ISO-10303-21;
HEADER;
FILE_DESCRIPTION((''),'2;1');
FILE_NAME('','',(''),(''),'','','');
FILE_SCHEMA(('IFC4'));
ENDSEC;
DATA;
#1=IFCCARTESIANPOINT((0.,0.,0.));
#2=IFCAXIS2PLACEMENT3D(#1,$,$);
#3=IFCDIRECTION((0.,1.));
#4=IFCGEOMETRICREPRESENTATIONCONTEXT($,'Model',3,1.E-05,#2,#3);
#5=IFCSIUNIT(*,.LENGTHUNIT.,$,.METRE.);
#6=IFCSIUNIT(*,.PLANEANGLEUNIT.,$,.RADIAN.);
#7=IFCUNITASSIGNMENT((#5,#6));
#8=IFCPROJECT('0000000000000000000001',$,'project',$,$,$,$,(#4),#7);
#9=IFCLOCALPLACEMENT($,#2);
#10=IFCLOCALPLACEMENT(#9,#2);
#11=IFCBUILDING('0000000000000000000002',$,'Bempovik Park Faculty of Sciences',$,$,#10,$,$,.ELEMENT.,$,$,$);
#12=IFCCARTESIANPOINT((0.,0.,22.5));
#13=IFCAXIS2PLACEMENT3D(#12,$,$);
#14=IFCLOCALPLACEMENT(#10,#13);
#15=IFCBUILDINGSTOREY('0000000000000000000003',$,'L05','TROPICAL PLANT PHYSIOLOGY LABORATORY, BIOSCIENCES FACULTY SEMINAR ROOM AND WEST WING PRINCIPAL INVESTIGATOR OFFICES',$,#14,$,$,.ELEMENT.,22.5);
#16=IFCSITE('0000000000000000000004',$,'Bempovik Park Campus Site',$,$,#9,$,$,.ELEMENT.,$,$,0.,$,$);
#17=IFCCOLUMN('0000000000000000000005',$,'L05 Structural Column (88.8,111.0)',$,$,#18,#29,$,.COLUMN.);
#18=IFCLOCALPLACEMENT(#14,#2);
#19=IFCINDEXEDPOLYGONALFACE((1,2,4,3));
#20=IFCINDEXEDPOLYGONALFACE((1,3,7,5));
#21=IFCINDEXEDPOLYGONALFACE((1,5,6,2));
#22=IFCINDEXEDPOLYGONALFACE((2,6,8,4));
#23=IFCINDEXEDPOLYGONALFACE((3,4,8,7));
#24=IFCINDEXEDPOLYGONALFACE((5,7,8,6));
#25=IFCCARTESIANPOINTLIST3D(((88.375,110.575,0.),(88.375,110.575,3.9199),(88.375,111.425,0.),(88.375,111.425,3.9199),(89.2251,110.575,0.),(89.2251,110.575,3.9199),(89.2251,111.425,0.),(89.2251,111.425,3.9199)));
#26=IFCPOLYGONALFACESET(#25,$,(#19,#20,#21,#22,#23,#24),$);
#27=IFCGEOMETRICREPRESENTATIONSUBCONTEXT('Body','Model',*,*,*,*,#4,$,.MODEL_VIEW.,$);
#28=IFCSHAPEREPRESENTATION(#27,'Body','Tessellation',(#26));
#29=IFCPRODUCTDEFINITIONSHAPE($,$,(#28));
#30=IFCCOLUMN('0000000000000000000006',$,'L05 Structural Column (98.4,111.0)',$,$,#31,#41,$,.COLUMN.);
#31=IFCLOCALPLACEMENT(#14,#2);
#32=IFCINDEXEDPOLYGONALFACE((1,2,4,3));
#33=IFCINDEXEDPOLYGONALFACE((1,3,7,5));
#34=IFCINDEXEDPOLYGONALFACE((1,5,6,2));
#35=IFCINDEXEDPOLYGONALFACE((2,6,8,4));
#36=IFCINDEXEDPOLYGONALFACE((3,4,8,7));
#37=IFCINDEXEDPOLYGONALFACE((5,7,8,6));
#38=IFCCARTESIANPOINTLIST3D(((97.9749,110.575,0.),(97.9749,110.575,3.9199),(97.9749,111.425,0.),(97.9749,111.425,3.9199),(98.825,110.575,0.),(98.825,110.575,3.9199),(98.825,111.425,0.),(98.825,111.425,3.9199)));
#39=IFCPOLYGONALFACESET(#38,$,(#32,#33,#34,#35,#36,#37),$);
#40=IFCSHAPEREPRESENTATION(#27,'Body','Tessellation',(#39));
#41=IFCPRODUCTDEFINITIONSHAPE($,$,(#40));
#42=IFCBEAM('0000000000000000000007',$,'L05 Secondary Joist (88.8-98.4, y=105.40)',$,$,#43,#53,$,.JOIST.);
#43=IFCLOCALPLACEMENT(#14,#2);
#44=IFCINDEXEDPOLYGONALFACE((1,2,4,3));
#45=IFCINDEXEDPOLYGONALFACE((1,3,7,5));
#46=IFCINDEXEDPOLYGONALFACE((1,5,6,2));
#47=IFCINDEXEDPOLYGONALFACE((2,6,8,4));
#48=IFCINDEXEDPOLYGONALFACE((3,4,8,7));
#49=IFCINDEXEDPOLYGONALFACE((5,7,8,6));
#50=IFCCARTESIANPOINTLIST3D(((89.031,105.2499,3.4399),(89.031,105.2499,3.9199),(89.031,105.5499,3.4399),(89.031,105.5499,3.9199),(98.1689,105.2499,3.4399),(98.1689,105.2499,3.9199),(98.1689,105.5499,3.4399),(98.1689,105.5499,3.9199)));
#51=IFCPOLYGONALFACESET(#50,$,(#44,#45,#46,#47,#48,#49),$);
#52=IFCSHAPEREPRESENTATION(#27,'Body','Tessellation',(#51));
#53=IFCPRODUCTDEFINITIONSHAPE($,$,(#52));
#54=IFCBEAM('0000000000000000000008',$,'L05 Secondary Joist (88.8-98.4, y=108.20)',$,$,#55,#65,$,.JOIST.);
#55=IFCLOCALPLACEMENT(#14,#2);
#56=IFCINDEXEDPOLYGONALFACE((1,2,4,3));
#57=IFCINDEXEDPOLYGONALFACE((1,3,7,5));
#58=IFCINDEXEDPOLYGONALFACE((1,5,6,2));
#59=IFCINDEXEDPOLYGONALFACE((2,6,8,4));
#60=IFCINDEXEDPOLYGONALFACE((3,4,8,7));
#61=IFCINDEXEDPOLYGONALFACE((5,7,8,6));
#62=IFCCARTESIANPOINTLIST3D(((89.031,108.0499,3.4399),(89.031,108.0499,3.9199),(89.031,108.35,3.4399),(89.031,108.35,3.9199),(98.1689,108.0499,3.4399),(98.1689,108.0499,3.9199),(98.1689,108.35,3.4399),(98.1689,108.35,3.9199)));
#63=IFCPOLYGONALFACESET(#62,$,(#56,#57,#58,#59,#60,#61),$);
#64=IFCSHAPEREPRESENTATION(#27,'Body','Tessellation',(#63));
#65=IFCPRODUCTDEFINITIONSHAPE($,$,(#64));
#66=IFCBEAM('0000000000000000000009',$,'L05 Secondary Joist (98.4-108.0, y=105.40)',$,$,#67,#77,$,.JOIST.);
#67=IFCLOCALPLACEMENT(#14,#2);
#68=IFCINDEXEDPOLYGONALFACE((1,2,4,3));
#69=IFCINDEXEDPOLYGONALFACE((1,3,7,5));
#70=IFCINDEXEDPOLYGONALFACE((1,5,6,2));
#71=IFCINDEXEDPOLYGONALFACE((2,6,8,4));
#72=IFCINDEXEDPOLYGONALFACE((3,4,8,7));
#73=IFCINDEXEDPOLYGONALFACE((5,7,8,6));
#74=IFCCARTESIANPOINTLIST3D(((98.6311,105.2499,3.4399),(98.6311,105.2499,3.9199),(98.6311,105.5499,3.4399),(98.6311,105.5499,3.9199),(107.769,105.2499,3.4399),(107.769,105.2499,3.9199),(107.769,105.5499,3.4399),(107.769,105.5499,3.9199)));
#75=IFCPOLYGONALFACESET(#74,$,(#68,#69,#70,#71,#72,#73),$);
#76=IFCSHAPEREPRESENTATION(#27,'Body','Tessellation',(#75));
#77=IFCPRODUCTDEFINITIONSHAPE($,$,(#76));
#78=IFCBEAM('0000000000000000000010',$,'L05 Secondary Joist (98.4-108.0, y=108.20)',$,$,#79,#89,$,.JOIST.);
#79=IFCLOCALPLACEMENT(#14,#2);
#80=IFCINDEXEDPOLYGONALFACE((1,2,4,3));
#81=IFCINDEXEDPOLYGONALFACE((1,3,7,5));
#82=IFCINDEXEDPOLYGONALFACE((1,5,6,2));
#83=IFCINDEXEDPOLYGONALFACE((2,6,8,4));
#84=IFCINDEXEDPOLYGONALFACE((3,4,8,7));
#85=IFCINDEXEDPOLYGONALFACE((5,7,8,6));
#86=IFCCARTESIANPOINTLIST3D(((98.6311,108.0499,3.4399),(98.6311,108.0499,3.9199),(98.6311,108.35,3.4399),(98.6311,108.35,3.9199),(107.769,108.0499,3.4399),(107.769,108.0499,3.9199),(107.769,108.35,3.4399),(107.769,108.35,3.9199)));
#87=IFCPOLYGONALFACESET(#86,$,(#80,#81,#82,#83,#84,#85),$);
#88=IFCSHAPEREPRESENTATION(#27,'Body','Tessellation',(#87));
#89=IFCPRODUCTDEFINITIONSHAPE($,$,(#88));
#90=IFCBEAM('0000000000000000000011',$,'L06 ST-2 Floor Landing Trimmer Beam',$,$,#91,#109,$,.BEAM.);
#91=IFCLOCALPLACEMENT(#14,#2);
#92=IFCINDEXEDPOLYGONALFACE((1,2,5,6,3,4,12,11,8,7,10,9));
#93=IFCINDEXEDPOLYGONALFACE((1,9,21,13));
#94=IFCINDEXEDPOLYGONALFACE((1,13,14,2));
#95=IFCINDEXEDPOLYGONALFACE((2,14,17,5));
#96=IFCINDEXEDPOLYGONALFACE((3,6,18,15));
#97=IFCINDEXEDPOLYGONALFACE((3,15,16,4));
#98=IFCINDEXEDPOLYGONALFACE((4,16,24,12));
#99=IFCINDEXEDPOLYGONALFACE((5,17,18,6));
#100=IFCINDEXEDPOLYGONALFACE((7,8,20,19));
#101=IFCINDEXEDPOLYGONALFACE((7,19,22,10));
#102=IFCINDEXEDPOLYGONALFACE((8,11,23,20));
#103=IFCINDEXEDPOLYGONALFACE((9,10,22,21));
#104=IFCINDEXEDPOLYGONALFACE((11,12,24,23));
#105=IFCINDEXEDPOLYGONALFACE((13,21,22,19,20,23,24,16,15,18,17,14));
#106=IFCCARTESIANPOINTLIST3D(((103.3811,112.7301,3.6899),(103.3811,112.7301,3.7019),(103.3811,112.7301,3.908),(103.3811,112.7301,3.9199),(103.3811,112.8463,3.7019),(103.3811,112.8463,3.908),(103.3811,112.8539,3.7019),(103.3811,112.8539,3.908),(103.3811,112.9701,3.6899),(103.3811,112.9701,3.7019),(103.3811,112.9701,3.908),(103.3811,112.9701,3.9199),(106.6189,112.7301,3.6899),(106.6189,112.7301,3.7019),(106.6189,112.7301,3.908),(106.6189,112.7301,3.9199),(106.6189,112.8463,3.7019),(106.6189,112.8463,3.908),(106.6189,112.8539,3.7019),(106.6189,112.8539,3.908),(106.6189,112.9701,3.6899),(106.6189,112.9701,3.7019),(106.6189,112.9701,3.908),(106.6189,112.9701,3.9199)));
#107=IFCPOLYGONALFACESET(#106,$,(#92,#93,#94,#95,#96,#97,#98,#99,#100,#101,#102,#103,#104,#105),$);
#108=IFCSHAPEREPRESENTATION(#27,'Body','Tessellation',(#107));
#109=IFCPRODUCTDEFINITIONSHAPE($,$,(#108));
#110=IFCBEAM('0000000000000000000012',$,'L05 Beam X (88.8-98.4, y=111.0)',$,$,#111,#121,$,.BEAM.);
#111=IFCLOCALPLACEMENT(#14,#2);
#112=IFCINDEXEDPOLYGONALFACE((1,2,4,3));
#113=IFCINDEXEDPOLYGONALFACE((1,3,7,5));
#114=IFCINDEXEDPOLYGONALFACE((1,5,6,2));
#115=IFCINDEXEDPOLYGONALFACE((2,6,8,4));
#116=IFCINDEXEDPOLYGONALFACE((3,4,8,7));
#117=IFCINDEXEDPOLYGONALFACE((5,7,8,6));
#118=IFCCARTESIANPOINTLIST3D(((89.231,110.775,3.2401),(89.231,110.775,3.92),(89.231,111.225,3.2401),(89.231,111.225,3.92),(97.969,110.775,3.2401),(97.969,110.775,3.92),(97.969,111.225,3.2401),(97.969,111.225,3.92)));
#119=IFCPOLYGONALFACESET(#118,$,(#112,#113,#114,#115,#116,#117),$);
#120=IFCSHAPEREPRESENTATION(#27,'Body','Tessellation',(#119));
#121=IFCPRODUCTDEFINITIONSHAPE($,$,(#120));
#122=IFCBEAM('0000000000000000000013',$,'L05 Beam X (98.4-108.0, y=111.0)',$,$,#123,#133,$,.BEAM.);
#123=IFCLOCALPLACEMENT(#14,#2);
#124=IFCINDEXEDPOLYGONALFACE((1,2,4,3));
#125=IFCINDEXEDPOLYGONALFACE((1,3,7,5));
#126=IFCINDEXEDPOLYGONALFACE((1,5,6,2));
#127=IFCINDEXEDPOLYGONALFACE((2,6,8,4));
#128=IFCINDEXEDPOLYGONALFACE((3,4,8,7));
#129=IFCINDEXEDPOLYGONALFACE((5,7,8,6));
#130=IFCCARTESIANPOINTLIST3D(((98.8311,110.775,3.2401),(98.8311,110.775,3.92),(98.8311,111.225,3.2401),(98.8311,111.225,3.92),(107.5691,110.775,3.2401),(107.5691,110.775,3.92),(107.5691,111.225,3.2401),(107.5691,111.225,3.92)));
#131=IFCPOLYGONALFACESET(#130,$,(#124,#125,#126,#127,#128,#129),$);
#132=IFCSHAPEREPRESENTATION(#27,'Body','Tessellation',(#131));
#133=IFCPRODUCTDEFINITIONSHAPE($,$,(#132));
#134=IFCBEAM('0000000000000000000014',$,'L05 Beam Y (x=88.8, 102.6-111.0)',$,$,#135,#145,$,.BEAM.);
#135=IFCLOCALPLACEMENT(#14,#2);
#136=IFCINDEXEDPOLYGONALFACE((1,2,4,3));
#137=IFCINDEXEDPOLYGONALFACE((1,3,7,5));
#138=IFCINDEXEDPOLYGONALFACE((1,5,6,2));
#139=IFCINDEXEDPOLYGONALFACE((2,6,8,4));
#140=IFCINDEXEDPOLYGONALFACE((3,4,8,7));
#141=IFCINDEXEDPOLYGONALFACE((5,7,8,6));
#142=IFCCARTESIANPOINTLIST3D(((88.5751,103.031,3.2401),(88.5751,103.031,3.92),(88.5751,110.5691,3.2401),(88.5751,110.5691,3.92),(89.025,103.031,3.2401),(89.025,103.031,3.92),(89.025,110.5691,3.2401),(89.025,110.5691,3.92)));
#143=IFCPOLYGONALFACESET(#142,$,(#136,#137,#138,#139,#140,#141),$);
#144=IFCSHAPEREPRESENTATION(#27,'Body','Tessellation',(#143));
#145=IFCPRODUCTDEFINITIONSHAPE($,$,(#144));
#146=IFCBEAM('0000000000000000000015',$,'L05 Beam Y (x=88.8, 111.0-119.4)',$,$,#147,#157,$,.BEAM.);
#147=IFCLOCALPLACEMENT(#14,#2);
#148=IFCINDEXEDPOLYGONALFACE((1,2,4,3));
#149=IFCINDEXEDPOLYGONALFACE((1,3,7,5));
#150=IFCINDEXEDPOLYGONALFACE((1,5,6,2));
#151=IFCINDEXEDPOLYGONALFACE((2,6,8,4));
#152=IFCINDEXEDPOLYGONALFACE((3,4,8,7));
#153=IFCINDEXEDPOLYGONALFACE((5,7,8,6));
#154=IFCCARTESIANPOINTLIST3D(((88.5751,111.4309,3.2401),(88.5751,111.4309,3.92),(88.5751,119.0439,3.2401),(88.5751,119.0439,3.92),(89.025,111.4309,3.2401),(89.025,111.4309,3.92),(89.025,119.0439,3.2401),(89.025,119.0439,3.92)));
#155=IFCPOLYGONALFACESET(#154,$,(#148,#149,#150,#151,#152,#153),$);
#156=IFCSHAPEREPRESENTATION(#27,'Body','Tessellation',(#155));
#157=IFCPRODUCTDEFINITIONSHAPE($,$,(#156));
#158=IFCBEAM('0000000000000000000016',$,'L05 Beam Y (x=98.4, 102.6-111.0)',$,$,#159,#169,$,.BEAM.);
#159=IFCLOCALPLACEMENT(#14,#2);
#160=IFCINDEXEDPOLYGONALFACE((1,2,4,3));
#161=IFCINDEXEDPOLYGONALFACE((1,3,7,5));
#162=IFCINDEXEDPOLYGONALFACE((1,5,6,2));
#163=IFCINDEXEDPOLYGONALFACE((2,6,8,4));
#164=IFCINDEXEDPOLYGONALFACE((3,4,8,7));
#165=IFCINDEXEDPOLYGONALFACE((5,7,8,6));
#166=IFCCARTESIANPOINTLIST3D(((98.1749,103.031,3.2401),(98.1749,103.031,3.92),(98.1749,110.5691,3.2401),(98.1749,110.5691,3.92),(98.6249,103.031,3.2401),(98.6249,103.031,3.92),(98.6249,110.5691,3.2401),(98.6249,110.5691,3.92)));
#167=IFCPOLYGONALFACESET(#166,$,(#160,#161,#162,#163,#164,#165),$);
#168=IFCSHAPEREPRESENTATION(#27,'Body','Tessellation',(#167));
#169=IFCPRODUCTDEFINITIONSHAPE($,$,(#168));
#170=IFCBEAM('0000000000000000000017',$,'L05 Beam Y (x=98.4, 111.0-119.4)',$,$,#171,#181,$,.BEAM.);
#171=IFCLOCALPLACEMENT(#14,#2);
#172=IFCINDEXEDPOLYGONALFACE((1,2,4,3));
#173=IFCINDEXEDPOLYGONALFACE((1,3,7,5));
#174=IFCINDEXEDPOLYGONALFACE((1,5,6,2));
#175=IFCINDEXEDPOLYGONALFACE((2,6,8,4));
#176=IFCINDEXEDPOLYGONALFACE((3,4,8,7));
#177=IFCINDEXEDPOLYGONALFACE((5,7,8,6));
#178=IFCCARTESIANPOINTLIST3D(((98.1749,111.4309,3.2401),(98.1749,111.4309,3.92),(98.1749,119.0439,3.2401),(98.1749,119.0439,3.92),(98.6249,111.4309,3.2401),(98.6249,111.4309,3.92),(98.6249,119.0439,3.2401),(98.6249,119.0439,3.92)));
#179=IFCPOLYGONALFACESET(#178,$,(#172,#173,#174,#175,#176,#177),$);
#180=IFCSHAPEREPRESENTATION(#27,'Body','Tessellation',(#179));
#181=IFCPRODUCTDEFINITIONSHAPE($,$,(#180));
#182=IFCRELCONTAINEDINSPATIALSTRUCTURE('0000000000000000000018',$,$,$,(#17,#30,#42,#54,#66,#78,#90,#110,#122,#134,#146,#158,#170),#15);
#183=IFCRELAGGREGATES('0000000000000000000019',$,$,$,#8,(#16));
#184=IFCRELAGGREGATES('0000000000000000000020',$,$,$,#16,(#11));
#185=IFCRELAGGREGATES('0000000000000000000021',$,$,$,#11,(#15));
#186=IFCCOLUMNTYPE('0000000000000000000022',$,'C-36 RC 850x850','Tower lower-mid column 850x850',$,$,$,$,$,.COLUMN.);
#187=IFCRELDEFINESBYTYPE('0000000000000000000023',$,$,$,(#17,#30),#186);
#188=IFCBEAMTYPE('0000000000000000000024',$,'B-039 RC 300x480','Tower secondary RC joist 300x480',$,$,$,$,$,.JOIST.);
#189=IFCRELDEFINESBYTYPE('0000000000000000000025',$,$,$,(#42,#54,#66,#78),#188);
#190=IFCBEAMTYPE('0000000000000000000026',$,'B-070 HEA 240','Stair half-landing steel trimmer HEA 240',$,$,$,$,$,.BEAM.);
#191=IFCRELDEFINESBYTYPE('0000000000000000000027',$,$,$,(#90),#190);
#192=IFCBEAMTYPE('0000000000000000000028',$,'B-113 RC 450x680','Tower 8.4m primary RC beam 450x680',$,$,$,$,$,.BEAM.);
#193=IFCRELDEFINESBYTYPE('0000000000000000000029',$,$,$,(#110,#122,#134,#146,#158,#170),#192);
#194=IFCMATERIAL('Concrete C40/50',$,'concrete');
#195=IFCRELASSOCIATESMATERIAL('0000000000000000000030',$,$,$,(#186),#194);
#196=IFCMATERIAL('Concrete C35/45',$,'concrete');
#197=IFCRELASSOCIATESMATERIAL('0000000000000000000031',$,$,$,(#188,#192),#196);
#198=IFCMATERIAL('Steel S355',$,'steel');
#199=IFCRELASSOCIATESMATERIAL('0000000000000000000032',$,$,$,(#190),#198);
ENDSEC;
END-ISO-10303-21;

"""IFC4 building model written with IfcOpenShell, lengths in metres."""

from ifc_helpers import new_model, si_unit, direction, frame, origin, origin_2d, place, context, subcontext, project, spatial, rectangle, i_section, extrude, material, material_profile, profile_set, type_object, element, save


model = new_model("IFC4")

# Units and contexts
model_context = context("Model", 3, precision=1e-05, world=origin(), true_north=direction((0.0, 1.0)))
body_context = subcontext(model_context, "Body", "Model", "MODEL_VIEW")
ifc_project = project(units=[si_unit("LENGTHUNIT", "METRE"), si_unit("PLANEANGLEUNIT", "RADIAN")], contexts=[model_context])

# Site, building, storey
site_placement = place(None, origin())
site = spatial("IfcSite", under=ifc_project, at=site_placement, Name="Bempovik Park Campus Site", CompositionType="ELEMENT", RefElevation=0.0)
building_placement = place(site_placement, origin())
building = spatial("IfcBuilding", under=site, at=building_placement, Name="Bempovik Park Faculty of Sciences", CompositionType="ELEMENT")
storey_placement = place(building_placement, frame((0.0, 0.0, 22.5)))
storey = spatial("IfcBuildingStorey", under=building, at=storey_placement, Name="L05", Description="TROPICAL PLANT PHYSIOLOGY LABORATORY, BIOSCIENCES FACULTY SEMINAR ROOM AND WEST WING PRINCIPAL INVESTIGATOR OFFICES", CompositionType="ELEMENT", Elevation=22.5)

# Columns
ifc_material_1 = material(Name="Concrete C40/50", Category="concrete")
ifc_material_profile_1 = material_profile(ifc_material_1, rectangle(XDim=0.8501, YDim=0.8501, at=origin_2d()), Name="RC 850x850")
ifc_profile_set_1 = profile_set([ifc_material_profile_1], Name="Concrete C40/50")
column_type = type_object("IfcColumnType", Name="C-36 RC 850x850", Description="Tower lower-mid column 850x850", PredefinedType="COLUMN", material=ifc_profile_set_1)
for number, where, z_axis, x_axis, name in (
    (1, (88.8, 111.0, 0.0), (0.0, 0.0, 1.0), (1.0, 0.0, 0.0), "L05 Structural Column (88.8,111.0)"),
    (2, (98.3999, 111.0, 0.0), (0.0, 0.0, 1.0), (1.0, 0.0, 0.0), "L05 Structural Column (98.4,111.0)"),
):
    element("IfcColumn", number, at=place(storey_placement, frame(where, z_axis=z_axis, x_axis=x_axis)), inside=storey, type_object=column_type, Name=name, PredefinedType="COLUMN", context=body_context, shape_type="SweptSolid", body=[
        extrude(rectangle(XDim=0.8501, YDim=0.8501, at=origin_2d()), origin(), (0.0, 0.0, 1.0), 3.9199),
    ])

# Beams
ifc_material_2 = material(Name="Concrete C35/45", Category="concrete")
ifc_material_profile_2 = material_profile(ifc_material_2, rectangle(XDim=0.3, YDim=0.48, at=origin_2d()), Name="RC 300x480")
ifc_profile_set_2 = profile_set([ifc_material_profile_2], Name="Concrete C35/45")
beam_type_1 = type_object("IfcBeamType", Name="B-039 RC 300x480", Description="Tower secondary RC joist 300x480", PredefinedType="JOIST", material=ifc_profile_set_2)
for number, where, z_axis, x_axis, name in (
    (3, (89.031, 105.3999, 3.6799), (1.0, 0.0, 0.0), (0.0, 1.0, 0.0), "L05 Secondary Joist (88.8-98.4, y=105.40)"),
    (4, (89.031, 108.2, 3.6799), (1.0, 0.0, 0.0), (0.0, 1.0, 0.0), "L05 Secondary Joist (88.8-98.4, y=108.20)"),
    (5, (98.6311, 105.3999, 3.6799), (1.0, 0.0, 0.0), (0.0, 1.0, 0.0), "L05 Secondary Joist (98.4-108.0, y=105.40)"),
    (6, (98.6311, 108.2, 3.6799), (1.0, 0.0, 0.0), (0.0, 1.0, 0.0), "L05 Secondary Joist (98.4-108.0, y=108.20)"),
):
    element("IfcBeam", number, at=place(storey_placement, frame(where, z_axis=z_axis, x_axis=x_axis)), inside=storey, type_object=beam_type_1, Name=name, PredefinedType="JOIST", context=body_context, shape_type="SweptSolid", body=[
        extrude(rectangle(XDim=0.3, YDim=0.48, at=origin_2d()), origin(), (0.0, 0.0, 1.0), 9.1379),
    ])
ifc_material_3 = material(Name="Steel S355", Category="steel")
ifc_material_profile_3 = material_profile(ifc_material_3, i_section(OverallWidth=0.24, OverallDepth=0.23, WebThickness=0.0076, FlangeThickness=0.012, at=origin_2d()), Name="HEA 240")
ifc_profile_set_3 = profile_set([ifc_material_profile_3], Name="Steel S355")
beam_type_2 = type_object("IfcBeamType", Name="B-070 HEA 240", Description="Stair half-landing steel trimmer HEA 240", PredefinedType="BEAM", material=ifc_profile_set_3)
beam_1_placement = place(storey_placement, frame((103.3811, 112.8501, 3.8049), z_axis=(1.0, 0.0, 0.0), x_axis=(0.0, 1.0, 0.0)))
element("IfcBeam", 7, at=beam_1_placement, inside=storey, type_object=beam_type_2, Name="L06 ST-2 Floor Landing Trimmer Beam", PredefinedType="BEAM", context=body_context, shape_type="SweptSolid", body=[
    extrude(i_section(OverallWidth=0.24, OverallDepth=0.23, WebThickness=0.0076, FlangeThickness=0.012, at=origin_2d()), origin(), (0.0, 0.0, 1.0), 3.2378),
])
ifc_material_profile_4 = material_profile(ifc_material_2, rectangle(XDim=0.45, YDim=0.6799, at=origin_2d()), Name="RC 450x680")
ifc_profile_set_4 = profile_set([ifc_material_profile_4], Name="Concrete C35/45")
beam_type_3 = type_object("IfcBeamType", Name="B-113 RC 450x680", Description="Tower 8.4m primary RC beam 450x680", PredefinedType="BEAM", material=ifc_profile_set_4)
for number, where, z_axis, x_axis, name in (
    (8, (89.231, 111.0, 3.5801), (1.0, 0.0, 0.0), (0.0, 1.0, 0.0), "L05 Beam X (88.8-98.4, y=111.0)"),
    (9, (98.8311, 111.0, 3.5801), (1.0, 0.0, 0.0), (0.0, 1.0, 0.0), "L05 Beam X (98.4-108.0, y=111.0)"),
):
    element("IfcBeam", number, at=place(storey_placement, frame(where, z_axis=z_axis, x_axis=x_axis)), inside=storey, type_object=beam_type_3, Name=name, PredefinedType="BEAM", context=body_context, shape_type="SweptSolid", body=[
        extrude(rectangle(XDim=0.45, YDim=0.6799, at=origin_2d()), origin(), (0.0, 0.0, 1.0), 8.738),
    ])
beam_2_placement = place(storey_placement, frame((88.8, 103.031, 3.5801), z_axis=(0.0, 1.0, 0.0), x_axis=(-1.0, 0.0, 0.0)))
element("IfcBeam", 10, at=beam_2_placement, inside=storey, type_object=beam_type_3, Name="L05 Beam Y (x=88.8, 102.6-111.0)", PredefinedType="BEAM", context=body_context, shape_type="SweptSolid", body=[
    extrude(rectangle(XDim=0.45, YDim=0.6799, at=origin_2d()), origin(), (0.0, 0.0, 1.0), 7.5381),
])
beam_3_placement = place(storey_placement, frame((88.8, 111.4309, 3.5801), z_axis=(0.0, 1.0, 0.0), x_axis=(-1.0, 0.0, 0.0)))
element("IfcBeam", 11, at=beam_3_placement, inside=storey, type_object=beam_type_3, Name="L05 Beam Y (x=88.8, 111.0-119.4)", PredefinedType="BEAM", context=body_context, shape_type="SweptSolid", body=[
    extrude(rectangle(XDim=0.45, YDim=0.6799, at=origin_2d()), origin(), (0.0, 0.0, 1.0), 7.613),
])
beam_4_placement = place(storey_placement, frame((98.3999, 103.031, 3.5801), z_axis=(0.0, 1.0, 0.0), x_axis=(-1.0, 0.0, 0.0)))
element("IfcBeam", 12, at=beam_4_placement, inside=storey, type_object=beam_type_3, Name="L05 Beam Y (x=98.4, 102.6-111.0)", PredefinedType="BEAM", context=body_context, shape_type="SweptSolid", body=[
    extrude(rectangle(XDim=0.45, YDim=0.6799, at=origin_2d()), origin(), (0.0, 0.0, 1.0), 7.5381),
])
beam_5_placement = place(storey_placement, frame((98.3999, 111.4309, 3.5801), z_axis=(0.0, 1.0, 0.0), x_axis=(-1.0, 0.0, 0.0)))
element("IfcBeam", 13, at=beam_5_placement, inside=storey, type_object=beam_type_3, Name="L05 Beam Y (x=98.4, 111.0-119.4)", PredefinedType="BEAM", context=body_context, shape_type="SweptSolid", body=[
    extrude(rectangle(XDim=0.45, YDim=0.6799, at=origin_2d()), origin(), (0.0, 0.0, 1.0), 7.613),
])

save(model, "model.ifc")
